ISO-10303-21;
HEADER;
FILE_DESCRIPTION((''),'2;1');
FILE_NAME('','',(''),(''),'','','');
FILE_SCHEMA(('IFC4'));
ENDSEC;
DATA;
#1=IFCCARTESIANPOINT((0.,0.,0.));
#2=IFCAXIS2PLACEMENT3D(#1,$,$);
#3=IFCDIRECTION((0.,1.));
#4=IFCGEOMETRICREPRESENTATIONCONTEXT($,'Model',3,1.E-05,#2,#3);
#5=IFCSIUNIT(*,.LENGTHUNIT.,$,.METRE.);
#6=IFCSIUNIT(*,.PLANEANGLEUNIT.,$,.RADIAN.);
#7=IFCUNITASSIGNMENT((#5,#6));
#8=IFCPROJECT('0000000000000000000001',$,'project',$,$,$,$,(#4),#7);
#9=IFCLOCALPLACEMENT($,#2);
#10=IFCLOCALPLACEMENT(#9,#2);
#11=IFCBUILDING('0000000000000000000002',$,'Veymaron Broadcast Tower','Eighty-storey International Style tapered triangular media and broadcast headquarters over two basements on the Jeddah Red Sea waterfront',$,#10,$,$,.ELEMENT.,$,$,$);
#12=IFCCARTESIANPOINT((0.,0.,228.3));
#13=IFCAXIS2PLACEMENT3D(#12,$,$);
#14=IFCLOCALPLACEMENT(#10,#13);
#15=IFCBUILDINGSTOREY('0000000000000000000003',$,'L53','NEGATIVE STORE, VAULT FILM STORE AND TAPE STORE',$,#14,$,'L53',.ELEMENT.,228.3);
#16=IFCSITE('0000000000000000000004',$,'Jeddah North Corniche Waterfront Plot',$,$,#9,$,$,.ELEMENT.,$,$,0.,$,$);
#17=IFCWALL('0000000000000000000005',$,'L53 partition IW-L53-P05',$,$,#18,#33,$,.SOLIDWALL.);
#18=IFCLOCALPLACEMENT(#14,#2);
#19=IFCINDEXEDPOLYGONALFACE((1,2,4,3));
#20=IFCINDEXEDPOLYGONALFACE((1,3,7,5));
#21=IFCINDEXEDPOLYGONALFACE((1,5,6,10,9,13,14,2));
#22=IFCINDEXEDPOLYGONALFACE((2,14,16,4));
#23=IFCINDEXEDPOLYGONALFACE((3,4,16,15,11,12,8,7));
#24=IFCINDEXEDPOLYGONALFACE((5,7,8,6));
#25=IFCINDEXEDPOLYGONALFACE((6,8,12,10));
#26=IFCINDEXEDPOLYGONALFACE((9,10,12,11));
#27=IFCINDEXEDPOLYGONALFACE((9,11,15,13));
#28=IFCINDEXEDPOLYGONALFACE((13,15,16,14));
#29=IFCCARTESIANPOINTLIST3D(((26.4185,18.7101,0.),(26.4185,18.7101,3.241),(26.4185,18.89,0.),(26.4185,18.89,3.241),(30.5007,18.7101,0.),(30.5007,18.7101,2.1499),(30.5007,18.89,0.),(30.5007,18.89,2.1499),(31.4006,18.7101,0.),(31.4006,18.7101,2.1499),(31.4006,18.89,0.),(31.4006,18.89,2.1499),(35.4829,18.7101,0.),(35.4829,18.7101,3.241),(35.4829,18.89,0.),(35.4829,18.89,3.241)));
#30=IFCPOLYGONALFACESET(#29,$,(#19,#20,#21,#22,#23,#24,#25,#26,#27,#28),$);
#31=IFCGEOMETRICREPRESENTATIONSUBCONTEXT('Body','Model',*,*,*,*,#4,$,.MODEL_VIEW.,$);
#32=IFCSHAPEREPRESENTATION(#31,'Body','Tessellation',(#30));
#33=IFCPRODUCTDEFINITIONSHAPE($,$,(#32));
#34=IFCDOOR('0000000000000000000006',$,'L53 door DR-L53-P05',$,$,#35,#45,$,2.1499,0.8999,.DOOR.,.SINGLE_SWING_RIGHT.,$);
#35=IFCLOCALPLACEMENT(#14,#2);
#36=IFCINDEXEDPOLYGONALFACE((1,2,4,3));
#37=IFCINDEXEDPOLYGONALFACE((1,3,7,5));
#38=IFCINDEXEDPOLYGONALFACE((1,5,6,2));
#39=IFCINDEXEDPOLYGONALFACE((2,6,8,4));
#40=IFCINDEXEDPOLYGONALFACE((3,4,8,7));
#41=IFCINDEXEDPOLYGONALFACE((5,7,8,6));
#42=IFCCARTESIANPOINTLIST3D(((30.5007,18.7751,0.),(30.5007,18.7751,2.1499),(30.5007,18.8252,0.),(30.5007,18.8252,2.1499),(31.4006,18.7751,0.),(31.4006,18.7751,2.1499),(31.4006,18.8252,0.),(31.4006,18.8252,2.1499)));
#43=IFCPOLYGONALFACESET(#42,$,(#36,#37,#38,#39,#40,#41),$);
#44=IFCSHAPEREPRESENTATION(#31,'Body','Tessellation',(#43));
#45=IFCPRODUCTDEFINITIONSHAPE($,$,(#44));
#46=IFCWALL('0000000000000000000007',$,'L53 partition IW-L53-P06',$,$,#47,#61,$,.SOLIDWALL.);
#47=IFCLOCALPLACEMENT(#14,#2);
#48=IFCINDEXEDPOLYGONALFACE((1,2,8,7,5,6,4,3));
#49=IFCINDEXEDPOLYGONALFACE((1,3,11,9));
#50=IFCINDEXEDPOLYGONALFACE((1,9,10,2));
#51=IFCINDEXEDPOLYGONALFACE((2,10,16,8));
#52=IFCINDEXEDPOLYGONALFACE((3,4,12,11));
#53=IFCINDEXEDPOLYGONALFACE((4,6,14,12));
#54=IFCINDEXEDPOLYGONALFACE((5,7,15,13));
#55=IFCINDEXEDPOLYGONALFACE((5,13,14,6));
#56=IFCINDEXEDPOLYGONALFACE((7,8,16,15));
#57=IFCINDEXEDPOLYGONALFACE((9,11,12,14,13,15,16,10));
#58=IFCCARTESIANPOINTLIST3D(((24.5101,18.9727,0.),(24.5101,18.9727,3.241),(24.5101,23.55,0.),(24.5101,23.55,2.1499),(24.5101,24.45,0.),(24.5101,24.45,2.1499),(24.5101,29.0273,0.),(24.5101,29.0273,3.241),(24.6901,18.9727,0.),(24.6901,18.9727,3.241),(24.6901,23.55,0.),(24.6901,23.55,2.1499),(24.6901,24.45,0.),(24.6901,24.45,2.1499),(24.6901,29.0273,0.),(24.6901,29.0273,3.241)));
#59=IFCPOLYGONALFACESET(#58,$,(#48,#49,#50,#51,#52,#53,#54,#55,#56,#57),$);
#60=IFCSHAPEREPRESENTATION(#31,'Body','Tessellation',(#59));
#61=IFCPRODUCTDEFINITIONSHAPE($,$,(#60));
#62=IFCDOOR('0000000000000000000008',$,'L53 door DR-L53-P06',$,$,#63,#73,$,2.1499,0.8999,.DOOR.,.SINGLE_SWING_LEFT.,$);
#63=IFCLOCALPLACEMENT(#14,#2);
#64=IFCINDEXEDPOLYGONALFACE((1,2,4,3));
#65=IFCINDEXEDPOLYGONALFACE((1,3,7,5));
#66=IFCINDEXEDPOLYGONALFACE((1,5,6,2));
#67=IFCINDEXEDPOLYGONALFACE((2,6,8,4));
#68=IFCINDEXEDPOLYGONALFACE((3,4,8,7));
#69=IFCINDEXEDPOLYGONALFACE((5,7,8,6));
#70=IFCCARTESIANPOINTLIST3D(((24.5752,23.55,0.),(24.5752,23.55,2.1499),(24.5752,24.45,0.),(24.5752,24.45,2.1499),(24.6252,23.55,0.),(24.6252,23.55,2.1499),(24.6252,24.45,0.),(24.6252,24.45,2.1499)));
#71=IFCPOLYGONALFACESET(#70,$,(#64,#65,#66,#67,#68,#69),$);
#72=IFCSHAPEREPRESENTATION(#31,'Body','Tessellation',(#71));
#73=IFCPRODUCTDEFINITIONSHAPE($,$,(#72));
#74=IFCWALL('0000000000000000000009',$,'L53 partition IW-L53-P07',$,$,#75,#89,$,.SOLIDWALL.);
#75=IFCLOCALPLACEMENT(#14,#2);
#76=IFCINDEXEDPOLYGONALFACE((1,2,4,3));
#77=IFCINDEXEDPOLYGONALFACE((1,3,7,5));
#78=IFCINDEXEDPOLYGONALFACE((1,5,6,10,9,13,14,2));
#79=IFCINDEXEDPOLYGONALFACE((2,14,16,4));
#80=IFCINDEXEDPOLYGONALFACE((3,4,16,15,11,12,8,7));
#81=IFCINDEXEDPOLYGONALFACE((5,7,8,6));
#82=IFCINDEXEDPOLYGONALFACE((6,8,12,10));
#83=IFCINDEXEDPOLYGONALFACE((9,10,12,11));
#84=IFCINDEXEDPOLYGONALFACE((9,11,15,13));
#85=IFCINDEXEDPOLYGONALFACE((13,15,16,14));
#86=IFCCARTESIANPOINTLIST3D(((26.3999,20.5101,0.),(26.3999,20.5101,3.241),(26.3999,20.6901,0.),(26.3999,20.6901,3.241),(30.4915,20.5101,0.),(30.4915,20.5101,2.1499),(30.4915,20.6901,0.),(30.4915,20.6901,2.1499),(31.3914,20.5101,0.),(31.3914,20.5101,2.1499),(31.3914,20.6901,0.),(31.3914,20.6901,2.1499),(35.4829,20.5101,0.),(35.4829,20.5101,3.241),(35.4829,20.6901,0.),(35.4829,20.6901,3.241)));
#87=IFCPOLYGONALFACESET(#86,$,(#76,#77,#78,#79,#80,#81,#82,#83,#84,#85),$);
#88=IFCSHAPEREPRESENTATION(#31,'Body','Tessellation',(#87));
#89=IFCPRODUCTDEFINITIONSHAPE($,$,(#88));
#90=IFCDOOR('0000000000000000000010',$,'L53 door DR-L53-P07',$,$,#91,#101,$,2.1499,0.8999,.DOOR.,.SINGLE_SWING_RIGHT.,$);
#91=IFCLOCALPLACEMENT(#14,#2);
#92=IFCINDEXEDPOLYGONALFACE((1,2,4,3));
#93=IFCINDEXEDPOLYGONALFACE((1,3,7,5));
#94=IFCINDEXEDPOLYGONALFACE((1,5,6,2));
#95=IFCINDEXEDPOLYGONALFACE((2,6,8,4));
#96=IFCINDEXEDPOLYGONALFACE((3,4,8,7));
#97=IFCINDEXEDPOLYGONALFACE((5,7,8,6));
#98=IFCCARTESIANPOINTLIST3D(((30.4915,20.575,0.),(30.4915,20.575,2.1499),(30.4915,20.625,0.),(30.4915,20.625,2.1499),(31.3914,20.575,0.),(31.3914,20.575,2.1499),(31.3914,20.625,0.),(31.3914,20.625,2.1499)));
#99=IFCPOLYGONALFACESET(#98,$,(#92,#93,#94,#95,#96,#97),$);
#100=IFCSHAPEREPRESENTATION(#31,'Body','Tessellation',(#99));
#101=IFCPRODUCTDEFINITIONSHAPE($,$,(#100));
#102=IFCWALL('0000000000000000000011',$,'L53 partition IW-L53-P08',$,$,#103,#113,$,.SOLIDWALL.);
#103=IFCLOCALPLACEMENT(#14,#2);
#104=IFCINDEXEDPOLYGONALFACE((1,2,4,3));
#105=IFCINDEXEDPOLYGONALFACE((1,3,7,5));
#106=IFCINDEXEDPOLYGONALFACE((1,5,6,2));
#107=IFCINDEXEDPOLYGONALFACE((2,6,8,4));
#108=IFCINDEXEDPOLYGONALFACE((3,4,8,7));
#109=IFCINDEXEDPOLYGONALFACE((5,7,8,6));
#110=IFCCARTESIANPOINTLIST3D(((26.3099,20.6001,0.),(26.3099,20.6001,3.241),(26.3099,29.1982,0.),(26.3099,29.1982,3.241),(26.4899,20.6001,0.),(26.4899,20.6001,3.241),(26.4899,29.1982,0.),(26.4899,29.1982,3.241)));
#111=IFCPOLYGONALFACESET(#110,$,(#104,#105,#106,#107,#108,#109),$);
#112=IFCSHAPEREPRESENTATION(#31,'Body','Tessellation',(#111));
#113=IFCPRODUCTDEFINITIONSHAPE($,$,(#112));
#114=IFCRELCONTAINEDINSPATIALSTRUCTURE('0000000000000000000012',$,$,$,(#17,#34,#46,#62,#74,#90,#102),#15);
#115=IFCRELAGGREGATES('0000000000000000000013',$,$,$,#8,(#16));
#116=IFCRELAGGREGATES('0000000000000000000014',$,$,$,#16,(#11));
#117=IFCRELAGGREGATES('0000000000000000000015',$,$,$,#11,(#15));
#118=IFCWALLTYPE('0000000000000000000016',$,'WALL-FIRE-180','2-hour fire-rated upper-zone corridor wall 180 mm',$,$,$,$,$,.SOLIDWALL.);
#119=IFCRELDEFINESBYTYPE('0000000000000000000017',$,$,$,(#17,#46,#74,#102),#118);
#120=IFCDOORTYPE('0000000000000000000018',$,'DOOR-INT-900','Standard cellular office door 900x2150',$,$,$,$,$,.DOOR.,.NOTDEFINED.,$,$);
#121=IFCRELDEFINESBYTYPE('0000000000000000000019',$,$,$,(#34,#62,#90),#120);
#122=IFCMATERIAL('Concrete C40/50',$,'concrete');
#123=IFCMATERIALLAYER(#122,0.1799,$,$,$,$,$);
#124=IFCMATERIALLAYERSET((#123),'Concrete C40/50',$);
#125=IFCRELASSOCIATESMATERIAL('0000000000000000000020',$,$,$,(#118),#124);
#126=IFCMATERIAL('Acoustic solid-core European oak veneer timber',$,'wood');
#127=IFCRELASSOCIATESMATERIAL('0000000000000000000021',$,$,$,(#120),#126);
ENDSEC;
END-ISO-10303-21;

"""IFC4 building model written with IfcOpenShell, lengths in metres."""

from ifc_helpers import new_model, si_unit, direction, frame, frame_2d, origin, place, context, subcontext, project, spatial, rectangle, extrude, material, layer, layer_set, type_object, element, fill, save


model = new_model("IFC4")

# Units and contexts
model_context = context("Model", 3, precision=1e-05, world=origin(), true_north=direction((0.0, 1.0)))
body_context = subcontext(model_context, "Body", "Model", "MODEL_VIEW")
ifc_project = project(units=[si_unit("LENGTHUNIT", "METRE"), si_unit("PLANEANGLEUNIT", "RADIAN")], contexts=[model_context])

# Site, building, storey
site_placement = place(None, origin())
site = spatial("IfcSite", under=ifc_project, at=site_placement, Name="Jeddah North Corniche Waterfront Plot", CompositionType="ELEMENT", RefElevation=0.0)
building_placement = place(site_placement, origin())
building = spatial("IfcBuilding", under=site, at=building_placement, Name="Veymaron Broadcast Tower", Description="Eighty-storey International Style tapered triangular media and broadcast headquarters over two basements on the Jeddah Red Sea waterfront", CompositionType="ELEMENT")
storey_placement = place(building_placement, frame((0.0, 0.0, 228.3)))
storey = spatial("IfcBuildingStorey", under=building, at=storey_placement, Name="L53", Description="NEGATIVE STORE, VAULT FILM STORE AND TAPE STORE", LongName="L53", CompositionType="ELEMENT", Elevation=228.3)

# Shared definitions
ifc_material_1 = material(Name="Concrete C40/50", Category="concrete")

# Walls, openings, doors
ifc_layer_1 = layer(ifc_material_1, 0.1799)
ifc_layer_set_1 = layer_set([ifc_layer_1], Name="Concrete C40/50")
wall_type_1 = type_object("IfcWallType", Name="WALL-FIRE-180", Description="2-hour fire-rated upper-zone corridor wall 180 mm", PredefinedType="SOLIDWALL", material=ifc_layer_set_1)
wall_1_placement = place(storey_placement, frame((26.4185, 18.8, 0.0), z_axis=(0.0, 0.0, 1.0), x_axis=(1.0, 0.0, 0.0)))
wall_1 = element("IfcWall", 1, at=wall_1_placement, inside=storey, type_object=wall_type_1, Name="L53 partition IW-L53-P05", PredefinedType="SOLIDWALL", context=body_context, shape_type="SweptSolid", body=[
    extrude(rectangle(XDim=9.0645, YDim=0.1799, at=frame_2d((4.5322, 0.0))), origin(), (0.0, 0.0, 1.0), 3.241),
])
opening_1_placement = place(wall_1_placement, frame((4.0823, 0.0, 0.0)))
opening_1 = element("IfcOpeningElement", 2, at=opening_1_placement, cuts=wall_1, PredefinedType="OPENING", context=body_context, shape_type="SweptSolid", body=[
    extrude(rectangle(XDim=0.8999, YDim=2.1499, at=frame_2d((0.45, 1.075))), frame((0.0, 0.1001, 0.0), z_axis=(0.0, -1.0, 0.0), x_axis=(1.0, 0.0, 0.0)), (0.0, 0.0, 1.0), 0.2),
])
ifc_material_2 = material(Name="Acoustic solid-core European oak veneer timber", Category="wood")
door_type = type_object("IfcDoorType", Name="DOOR-INT-900", Description="Standard cellular office door 900x2150", OperationType="NOTDEFINED", PredefinedType="DOOR", material=ifc_material_2)
door_1_placement = place(opening_1_placement, frame((0.8999, 0.0, 0.0), z_axis=(0.0, 0.0, 1.0), x_axis=(-1.0, 0.0, 0.0)))
door_1 = element("IfcDoor", 3, at=door_1_placement, inside=storey, type_object=door_type, Name="L53 door DR-L53-P05", OperationType="SINGLE_SWING_RIGHT", OverallHeight=2.1499, OverallWidth=0.8999, PredefinedType="DOOR", context=body_context, shape_type="SweptSolid", body=[
    extrude(rectangle(XDim=0.8999, YDim=2.1499, at=frame_2d((0.45, 1.075))), frame((0.0, 0.0249, 0.0), z_axis=(0.0, -1.0, 0.0), x_axis=(1.0, 0.0, 0.0)), (0.0, 0.0, 1.0), 0.05),
])
fill(opening_1, door_1)
wall_2_placement = place(storey_placement, frame((24.6001, 18.9727, 0.0), z_axis=(0.0, 0.0, 1.0), x_axis=(0.0, 1.0, 0.0)))
wall_2 = element("IfcWall", 4, at=wall_2_placement, inside=storey, type_object=wall_type_1, Name="L53 partition IW-L53-P06", PredefinedType="SOLIDWALL", context=body_context, shape_type="SweptSolid", body=[
    extrude(rectangle(XDim=10.0547, YDim=0.1799, at=frame_2d((5.0273, 0.0))), origin(), (0.0, 0.0, 1.0), 3.241),
])
opening_2_placement = place(wall_2_placement, frame((4.5774, 0.0, 0.0)))
opening_2 = element("IfcOpeningElement", 5, at=opening_2_placement, cuts=wall_2, PredefinedType="OPENING", context=body_context, shape_type="SweptSolid", body=[
    extrude(rectangle(XDim=0.8999, YDim=2.1499, at=frame_2d((0.45, 1.075))), frame((0.0, 0.1001, 0.0), z_axis=(0.0, -1.0, 0.0), x_axis=(1.0, 0.0, 0.0)), (0.0, 0.0, 1.0), 0.2),
])
door_2_placement = place(opening_2_placement, origin())
door_2 = element("IfcDoor", 6, at=door_2_placement, inside=storey, type_object=door_type, Name="L53 door DR-L53-P06", OperationType="SINGLE_SWING_LEFT", OverallHeight=2.1499, OverallWidth=0.8999, PredefinedType="DOOR", context=body_context, shape_type="SweptSolid", body=[
    extrude(rectangle(XDim=0.8999, YDim=2.1499, at=frame_2d((0.45, 1.075))), frame((0.0, 0.0249, 0.0), z_axis=(0.0, -1.0, 0.0), x_axis=(1.0, 0.0, 0.0)), (0.0, 0.0, 1.0), 0.05),
])
fill(opening_2, door_2)
wall_3_placement = place(storey_placement, frame((26.3999, 20.6001, 0.0), z_axis=(0.0, 0.0, 1.0), x_axis=(1.0, 0.0, 0.0)))
wall_3 = element("IfcWall", 7, at=wall_3_placement, inside=storey, type_object=wall_type_1, Name="L53 partition IW-L53-P07", PredefinedType="SOLIDWALL", context=body_context, shape_type="SweptSolid", body=[
    extrude(rectangle(XDim=9.083, YDim=0.1799, at=frame_2d((4.5415, 0.0))), origin(), (0.0, 0.0, 1.0), 3.241),
])
opening_3_placement = place(wall_3_placement, frame((4.0916, 0.0, 0.0)))
opening_3 = element("IfcOpeningElement", 8, at=opening_3_placement, cuts=wall_3, PredefinedType="OPENING", context=body_context, shape_type="SweptSolid", body=[
    extrude(rectangle(XDim=0.8999, YDim=2.1499, at=frame_2d((0.45, 1.075))), frame((0.0, 0.1001, 0.0), z_axis=(0.0, -1.0, 0.0), x_axis=(1.0, 0.0, 0.0)), (0.0, 0.0, 1.0), 0.2),
])
door_3_placement = place(opening_3_placement, origin())
door_3 = element("IfcDoor", 9, at=door_3_placement, inside=storey, type_object=door_type, Name="L53 door DR-L53-P07", OperationType="SINGLE_SWING_RIGHT", OverallHeight=2.1499, OverallWidth=0.8999, PredefinedType="DOOR", context=body_context, shape_type="SweptSolid", body=[
    extrude(rectangle(XDim=0.8999, YDim=2.1499, at=frame_2d((0.45, 1.075))), frame((0.0, 0.0249, 0.0), z_axis=(0.0, -1.0, 0.0), x_axis=(1.0, 0.0, 0.0)), (0.0, 0.0, 1.0), 0.05),
])
fill(opening_3, door_3)

# Wall
wall_4_placement = place(storey_placement, frame((26.3999, 20.6001, 0.0), z_axis=(0.0, 0.0, 1.0), x_axis=(0.0, 1.0, 0.0)))
element("IfcWall", 10, at=wall_4_placement, inside=storey, type_object=wall_type_1, Name="L53 partition IW-L53-P08", PredefinedType="SOLIDWALL", context=body_context, shape_type="SweptSolid", body=[
    extrude(rectangle(XDim=8.5981, YDim=0.1799, at=frame_2d((4.2991, 0.0))), origin(), (0.0, 0.0, 1.0), 3.241),
])

save(model, "model.ifc")
